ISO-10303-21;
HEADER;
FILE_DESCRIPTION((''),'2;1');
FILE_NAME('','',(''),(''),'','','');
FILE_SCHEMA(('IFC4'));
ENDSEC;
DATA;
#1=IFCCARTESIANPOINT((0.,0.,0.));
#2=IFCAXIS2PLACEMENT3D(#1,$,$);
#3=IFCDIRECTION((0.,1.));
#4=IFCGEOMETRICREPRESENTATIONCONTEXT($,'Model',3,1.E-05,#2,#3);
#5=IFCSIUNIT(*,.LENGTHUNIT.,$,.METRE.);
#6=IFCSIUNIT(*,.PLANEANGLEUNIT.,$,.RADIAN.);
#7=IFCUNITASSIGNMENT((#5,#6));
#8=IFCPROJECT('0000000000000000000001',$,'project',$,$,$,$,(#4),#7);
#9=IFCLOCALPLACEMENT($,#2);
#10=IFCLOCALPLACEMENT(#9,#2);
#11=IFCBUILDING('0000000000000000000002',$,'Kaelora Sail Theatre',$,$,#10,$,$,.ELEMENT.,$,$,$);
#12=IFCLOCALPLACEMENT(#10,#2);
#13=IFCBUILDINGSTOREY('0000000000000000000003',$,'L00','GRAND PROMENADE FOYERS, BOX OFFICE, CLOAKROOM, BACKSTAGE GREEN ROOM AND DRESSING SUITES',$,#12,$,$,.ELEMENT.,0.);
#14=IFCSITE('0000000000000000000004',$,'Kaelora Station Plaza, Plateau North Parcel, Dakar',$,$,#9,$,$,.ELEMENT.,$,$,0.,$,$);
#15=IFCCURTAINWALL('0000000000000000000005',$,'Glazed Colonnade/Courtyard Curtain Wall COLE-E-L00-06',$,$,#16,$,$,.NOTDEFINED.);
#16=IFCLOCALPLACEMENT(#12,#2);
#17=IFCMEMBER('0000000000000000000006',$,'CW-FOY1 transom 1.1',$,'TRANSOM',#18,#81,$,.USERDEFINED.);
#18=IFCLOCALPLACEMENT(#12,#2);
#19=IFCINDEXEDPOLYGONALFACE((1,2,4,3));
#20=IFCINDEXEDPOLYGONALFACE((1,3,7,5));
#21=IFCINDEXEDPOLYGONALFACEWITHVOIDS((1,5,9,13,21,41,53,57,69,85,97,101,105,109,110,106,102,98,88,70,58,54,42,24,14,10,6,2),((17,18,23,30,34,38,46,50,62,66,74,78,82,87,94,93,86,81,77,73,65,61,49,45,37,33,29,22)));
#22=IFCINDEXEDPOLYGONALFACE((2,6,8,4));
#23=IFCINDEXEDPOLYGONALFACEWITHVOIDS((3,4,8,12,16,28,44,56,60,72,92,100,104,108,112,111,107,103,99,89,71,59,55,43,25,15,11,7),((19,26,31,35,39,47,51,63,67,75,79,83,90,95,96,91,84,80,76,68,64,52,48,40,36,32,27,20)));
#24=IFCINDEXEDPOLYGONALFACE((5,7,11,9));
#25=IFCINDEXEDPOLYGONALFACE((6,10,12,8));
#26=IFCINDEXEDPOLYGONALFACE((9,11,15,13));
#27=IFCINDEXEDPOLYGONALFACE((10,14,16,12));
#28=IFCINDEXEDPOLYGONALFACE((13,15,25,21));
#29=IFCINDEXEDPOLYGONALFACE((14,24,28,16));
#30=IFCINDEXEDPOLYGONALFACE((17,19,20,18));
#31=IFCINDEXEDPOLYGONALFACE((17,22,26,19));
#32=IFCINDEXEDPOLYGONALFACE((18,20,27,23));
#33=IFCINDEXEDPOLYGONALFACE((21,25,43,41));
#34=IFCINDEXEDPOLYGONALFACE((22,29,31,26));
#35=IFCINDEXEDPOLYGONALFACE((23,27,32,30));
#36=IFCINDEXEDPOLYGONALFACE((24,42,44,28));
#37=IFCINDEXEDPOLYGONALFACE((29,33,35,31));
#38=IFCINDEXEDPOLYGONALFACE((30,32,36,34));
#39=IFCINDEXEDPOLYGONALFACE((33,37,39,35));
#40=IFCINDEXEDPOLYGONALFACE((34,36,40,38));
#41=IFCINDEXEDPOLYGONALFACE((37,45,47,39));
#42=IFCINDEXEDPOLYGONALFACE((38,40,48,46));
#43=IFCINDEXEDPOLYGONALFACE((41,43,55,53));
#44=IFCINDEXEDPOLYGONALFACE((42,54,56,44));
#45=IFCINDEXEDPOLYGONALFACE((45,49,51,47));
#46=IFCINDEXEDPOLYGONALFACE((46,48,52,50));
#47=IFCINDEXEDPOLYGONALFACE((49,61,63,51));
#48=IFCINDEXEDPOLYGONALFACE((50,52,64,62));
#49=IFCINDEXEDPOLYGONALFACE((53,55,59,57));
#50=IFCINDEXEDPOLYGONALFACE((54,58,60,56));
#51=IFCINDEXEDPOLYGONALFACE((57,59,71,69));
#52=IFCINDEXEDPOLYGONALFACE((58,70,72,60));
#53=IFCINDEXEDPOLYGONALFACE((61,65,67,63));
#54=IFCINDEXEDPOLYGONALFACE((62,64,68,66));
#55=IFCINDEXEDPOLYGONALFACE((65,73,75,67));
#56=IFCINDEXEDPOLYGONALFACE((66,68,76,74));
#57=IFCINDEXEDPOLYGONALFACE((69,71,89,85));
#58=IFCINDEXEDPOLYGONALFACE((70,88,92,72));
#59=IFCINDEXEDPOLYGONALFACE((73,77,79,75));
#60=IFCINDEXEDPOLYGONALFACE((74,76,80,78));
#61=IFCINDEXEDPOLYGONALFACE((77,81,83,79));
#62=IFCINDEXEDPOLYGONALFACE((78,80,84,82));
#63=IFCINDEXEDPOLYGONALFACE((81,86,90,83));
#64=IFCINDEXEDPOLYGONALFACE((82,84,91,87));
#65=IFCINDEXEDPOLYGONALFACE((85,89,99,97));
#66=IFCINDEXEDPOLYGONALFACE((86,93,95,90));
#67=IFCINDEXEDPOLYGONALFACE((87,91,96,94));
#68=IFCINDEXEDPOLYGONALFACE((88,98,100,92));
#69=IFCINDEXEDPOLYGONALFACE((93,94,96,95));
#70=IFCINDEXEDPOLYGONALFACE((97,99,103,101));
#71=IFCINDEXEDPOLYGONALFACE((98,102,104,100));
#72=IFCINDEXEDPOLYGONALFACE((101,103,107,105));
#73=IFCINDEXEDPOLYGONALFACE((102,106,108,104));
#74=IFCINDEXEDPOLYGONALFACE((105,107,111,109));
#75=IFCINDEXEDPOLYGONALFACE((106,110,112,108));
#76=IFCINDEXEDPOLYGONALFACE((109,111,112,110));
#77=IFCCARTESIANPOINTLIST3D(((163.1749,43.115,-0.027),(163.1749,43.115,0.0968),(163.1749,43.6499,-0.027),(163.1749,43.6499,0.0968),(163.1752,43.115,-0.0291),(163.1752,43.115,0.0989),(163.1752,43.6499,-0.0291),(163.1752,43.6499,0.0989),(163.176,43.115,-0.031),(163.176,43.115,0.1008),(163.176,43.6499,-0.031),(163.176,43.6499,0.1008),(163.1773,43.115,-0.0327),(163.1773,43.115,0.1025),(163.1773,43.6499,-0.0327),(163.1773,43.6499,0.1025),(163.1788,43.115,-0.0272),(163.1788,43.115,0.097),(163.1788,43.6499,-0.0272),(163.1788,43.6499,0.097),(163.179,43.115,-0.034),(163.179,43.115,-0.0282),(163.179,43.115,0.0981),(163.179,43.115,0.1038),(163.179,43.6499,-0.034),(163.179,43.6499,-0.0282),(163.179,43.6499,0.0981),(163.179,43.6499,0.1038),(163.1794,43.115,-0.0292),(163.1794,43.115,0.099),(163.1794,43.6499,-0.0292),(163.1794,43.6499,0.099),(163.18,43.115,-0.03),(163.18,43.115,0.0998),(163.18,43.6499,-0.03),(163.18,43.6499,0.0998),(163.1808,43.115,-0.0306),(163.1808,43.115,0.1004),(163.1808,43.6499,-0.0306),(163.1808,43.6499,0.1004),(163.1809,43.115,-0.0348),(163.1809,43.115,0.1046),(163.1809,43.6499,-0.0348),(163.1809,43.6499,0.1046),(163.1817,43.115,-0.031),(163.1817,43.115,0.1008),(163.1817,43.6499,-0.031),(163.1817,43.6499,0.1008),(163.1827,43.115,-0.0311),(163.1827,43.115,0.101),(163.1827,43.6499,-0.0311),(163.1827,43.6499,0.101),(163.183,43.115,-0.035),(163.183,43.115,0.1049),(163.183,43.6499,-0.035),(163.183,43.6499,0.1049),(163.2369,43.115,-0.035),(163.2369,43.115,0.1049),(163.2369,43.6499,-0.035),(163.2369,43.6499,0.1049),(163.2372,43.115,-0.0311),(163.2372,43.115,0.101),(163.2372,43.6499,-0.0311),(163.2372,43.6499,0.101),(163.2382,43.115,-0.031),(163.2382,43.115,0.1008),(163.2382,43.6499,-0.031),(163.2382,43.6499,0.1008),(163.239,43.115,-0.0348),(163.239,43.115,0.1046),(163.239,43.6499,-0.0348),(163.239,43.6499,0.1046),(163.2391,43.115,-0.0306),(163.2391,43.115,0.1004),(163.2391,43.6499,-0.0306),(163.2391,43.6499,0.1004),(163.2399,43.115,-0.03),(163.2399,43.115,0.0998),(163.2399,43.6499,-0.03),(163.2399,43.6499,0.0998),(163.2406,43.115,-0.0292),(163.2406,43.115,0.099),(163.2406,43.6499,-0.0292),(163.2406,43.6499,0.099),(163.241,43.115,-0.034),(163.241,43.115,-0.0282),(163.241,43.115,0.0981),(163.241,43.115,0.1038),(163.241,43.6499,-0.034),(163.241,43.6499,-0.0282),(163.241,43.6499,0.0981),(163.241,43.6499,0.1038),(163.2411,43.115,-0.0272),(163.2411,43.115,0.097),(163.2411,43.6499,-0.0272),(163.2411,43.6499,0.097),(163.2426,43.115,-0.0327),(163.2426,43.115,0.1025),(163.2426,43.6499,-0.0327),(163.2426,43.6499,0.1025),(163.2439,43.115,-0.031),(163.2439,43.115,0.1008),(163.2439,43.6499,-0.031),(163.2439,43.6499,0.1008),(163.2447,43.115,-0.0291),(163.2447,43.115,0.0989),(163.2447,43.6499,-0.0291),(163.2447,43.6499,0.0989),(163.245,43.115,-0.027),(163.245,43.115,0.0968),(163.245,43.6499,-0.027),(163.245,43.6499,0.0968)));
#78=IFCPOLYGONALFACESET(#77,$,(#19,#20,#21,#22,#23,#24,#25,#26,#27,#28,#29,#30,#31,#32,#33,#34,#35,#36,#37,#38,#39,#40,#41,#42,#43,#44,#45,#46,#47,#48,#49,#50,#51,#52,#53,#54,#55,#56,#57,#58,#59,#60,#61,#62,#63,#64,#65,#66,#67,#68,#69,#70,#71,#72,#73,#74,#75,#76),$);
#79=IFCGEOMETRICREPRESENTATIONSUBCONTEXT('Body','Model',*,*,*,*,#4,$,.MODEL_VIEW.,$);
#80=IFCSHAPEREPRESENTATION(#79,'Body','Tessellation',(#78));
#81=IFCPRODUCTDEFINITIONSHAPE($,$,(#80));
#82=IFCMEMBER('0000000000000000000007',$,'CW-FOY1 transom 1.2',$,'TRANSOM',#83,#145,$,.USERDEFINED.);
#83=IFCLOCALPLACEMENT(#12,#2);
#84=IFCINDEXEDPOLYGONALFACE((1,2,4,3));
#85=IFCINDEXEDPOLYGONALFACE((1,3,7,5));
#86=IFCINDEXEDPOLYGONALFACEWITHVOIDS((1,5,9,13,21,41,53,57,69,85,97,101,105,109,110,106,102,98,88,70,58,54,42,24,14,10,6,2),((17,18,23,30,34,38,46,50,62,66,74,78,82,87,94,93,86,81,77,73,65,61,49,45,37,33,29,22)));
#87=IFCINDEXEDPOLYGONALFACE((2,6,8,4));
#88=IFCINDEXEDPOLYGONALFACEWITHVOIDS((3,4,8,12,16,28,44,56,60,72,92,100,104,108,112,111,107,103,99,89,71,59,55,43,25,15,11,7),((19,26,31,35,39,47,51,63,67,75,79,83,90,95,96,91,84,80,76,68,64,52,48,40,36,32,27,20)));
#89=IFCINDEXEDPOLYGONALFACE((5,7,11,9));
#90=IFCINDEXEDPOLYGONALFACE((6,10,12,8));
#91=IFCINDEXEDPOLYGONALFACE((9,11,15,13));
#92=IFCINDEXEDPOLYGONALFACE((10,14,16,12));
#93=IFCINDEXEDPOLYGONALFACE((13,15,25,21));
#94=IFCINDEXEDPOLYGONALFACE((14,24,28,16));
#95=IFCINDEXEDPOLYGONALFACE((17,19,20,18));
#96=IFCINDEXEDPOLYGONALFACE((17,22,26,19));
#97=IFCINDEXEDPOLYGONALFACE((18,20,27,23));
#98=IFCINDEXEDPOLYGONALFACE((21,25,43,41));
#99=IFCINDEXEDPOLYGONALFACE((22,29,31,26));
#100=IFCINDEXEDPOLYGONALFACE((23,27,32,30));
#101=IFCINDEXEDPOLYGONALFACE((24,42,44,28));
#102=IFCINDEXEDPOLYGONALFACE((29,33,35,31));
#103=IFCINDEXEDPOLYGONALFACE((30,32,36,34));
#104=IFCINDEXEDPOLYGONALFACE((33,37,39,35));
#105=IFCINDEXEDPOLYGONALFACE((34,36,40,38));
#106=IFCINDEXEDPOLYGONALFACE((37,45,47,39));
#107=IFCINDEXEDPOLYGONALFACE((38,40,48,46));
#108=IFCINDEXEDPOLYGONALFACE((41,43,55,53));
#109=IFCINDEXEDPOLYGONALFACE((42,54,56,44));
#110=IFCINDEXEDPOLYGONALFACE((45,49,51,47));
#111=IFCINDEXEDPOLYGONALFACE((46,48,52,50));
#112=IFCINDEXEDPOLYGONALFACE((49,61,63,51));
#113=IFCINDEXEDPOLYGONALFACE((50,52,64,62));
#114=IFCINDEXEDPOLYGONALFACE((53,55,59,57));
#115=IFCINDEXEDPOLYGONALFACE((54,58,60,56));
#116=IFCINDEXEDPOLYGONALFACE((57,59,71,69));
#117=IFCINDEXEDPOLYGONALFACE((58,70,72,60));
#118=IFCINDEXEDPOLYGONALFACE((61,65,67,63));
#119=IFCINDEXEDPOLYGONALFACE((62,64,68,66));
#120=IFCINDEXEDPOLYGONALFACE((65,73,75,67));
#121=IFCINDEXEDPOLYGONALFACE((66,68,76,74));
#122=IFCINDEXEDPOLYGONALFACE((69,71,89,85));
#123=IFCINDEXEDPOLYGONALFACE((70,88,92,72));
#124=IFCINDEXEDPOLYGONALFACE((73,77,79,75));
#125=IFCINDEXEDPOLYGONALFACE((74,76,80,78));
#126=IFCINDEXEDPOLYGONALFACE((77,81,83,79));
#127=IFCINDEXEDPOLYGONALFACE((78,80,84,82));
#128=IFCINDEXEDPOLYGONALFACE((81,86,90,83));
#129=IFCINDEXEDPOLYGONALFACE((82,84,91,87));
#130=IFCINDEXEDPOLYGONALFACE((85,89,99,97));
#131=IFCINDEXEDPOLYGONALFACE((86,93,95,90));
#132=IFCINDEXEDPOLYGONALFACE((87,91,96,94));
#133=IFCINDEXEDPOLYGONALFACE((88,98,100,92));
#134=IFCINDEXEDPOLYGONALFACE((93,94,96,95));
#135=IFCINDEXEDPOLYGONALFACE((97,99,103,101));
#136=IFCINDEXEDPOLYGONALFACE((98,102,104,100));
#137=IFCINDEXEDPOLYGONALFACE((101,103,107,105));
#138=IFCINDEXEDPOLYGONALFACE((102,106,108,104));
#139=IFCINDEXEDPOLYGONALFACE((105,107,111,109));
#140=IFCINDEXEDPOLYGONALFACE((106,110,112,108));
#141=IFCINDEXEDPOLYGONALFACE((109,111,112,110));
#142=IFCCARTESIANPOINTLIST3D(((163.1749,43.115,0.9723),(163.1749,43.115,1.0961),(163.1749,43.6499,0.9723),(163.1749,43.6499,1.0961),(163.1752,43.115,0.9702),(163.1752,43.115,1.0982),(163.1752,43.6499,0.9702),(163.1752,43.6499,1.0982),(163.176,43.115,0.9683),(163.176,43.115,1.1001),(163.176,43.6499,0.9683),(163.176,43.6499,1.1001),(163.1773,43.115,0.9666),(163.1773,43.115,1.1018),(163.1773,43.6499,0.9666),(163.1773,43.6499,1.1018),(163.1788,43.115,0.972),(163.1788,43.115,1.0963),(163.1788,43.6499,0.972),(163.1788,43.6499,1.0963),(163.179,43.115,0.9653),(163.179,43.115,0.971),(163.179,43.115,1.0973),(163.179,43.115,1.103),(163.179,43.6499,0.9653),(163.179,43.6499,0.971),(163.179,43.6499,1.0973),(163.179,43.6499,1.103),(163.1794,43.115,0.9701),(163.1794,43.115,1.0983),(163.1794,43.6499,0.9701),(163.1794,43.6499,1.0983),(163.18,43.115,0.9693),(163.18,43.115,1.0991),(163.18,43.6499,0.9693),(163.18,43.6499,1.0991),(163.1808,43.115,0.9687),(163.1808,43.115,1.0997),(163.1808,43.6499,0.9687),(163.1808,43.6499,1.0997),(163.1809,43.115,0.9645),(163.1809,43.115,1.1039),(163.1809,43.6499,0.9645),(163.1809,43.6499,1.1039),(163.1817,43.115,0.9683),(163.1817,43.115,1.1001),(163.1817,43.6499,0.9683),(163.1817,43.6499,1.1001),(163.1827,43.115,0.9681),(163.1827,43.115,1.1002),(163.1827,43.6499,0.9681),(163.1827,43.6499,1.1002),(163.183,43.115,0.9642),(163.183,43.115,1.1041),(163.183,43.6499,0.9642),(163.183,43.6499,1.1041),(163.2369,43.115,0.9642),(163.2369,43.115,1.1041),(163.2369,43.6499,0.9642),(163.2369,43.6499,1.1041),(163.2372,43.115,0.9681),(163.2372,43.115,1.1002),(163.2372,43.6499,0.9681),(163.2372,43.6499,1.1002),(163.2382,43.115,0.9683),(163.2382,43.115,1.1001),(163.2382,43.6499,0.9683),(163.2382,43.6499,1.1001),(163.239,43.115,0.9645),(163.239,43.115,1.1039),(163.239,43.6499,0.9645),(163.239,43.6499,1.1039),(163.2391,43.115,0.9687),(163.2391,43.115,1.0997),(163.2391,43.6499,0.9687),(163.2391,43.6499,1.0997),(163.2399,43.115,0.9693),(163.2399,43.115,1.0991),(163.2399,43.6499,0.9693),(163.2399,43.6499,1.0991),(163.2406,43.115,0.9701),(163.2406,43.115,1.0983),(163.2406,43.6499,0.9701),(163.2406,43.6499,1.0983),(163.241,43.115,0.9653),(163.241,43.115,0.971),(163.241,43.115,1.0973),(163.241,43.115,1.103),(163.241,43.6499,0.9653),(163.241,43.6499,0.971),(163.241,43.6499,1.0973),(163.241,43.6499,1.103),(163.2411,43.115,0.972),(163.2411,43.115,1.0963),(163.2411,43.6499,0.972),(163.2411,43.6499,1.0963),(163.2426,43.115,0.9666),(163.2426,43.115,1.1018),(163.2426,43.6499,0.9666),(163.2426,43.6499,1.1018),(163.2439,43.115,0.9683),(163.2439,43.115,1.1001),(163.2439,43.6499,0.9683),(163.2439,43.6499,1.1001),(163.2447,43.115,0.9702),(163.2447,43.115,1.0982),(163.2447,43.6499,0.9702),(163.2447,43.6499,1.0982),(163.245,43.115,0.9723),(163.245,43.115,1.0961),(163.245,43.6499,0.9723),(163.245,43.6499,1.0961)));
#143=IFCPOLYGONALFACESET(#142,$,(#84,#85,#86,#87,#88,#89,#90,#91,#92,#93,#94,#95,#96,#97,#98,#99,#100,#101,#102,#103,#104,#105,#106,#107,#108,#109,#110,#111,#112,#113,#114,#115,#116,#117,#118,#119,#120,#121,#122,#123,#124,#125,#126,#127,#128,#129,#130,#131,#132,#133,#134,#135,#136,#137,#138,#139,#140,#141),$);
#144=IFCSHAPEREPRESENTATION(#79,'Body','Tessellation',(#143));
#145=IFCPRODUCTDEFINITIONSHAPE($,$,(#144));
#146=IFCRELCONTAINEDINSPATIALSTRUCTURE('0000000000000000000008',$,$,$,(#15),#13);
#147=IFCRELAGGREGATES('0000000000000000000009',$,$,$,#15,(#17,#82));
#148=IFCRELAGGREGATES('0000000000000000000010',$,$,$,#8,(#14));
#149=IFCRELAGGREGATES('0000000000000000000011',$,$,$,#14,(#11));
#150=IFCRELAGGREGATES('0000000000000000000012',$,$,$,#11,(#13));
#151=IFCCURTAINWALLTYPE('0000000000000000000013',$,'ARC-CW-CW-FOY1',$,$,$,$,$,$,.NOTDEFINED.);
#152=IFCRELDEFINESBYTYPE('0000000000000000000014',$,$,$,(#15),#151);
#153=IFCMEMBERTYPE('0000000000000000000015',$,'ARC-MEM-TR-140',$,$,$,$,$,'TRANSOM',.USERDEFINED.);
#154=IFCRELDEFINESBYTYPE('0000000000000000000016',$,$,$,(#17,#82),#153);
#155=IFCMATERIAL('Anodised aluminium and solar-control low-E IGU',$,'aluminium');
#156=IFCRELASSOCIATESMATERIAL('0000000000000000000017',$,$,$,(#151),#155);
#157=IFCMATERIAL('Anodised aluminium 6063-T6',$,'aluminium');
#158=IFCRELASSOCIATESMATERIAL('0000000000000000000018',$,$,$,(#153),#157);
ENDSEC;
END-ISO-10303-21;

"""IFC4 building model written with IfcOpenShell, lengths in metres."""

from ifc_helpers import new_model, si_unit, direction, frame, origin, origin_2d, place, context, subcontext, project, spatial, hollow_rectangle, extrude, material, material_profile, profile_set, type_object, element, aggregate, save


model = new_model("IFC4")

# Units and contexts
model_context = context("Model", 3, precision=1e-05, world=origin(), true_north=direction((0.0, 1.0)))
body_context = subcontext(model_context, "Body", "Model", "MODEL_VIEW")
ifc_project = project(units=[si_unit("LENGTHUNIT", "METRE"), si_unit("PLANEANGLEUNIT", "RADIAN")], contexts=[model_context])

# Site, building, storey
site_placement = place(None, origin())
site = spatial("IfcSite", under=ifc_project, at=site_placement, Name="Kaelora Station Plaza, Plateau North Parcel, Dakar", CompositionType="ELEMENT", RefElevation=0.0)
building_placement = place(site_placement, origin())
building = spatial("IfcBuilding", under=site, at=building_placement, Name="Kaelora Sail Theatre", CompositionType="ELEMENT")
storey_placement = place(building_placement, origin())
storey = spatial("IfcBuildingStorey", under=building, at=storey_placement, Name="L00", Description="GRAND PROMENADE FOYERS, BOX OFFICE, CLOAKROOM, BACKSTAGE GREEN ROOM AND DRESSING SUITES", CompositionType="ELEMENT", Elevation=0.0)

# Shared definitions
ifc_material_1 = material(Name="Anodised aluminium and solar-control low-E IGU", Category="aluminium")
curtain_wall_type = type_object("IfcCurtainWallType", Name="ARC-CW-CW-FOY1", PredefinedType="NOTDEFINED", material=ifc_material_1)

# Curtain wall
curtain_wall_1_placement = place(storey_placement, origin())
curtain_wall_1 = element("IfcCurtainWall", 1, at=curtain_wall_1_placement, inside=storey, type_object=curtain_wall_type, Name="Glazed Colonnade/Courtyard Curtain Wall COLE-E-L00-06", PredefinedType="NOTDEFINED")

# Members
ifc_material_2 = material(Name="Anodised aluminium 6063-T6", Category="aluminium")
ifc_material_profile_1 = material_profile(ifc_material_2, hollow_rectangle(XDim=0.0701, YDim=0.1399, WallThickness=0.0039, InnerFilletRadius=0.0039, OuterFilletRadius=0.0081, at=origin_2d()), Name="ALU-TRAN 70x140x4")
ifc_profile_set_1 = profile_set([ifc_material_profile_1], Name="Anodised aluminium 6063-T6")
member_type_1 = type_object("IfcMemberType", Name="ARC-MEM-TR-140", ElementType="TRANSOM", PredefinedType="USERDEFINED", material=ifc_profile_set_1)
member_1_placement = place(storey_placement, frame((163.21, 43.115, 0.0349), z_axis=(0.0, 1.0, 0.0), x_axis=(-1.0, 0.0, 0.0)))
member_1 = element("IfcMember", 2, at=member_1_placement, type_object=member_type_1, Name="CW-FOY1 transom 1.1", ObjectType="TRANSOM", PredefinedType="USERDEFINED", context=body_context, shape_type="SweptSolid", body=[
    extrude(hollow_rectangle(XDim=0.0701, YDim=0.1399, WallThickness=0.0039, InnerFilletRadius=0.0039, OuterFilletRadius=0.0081, at=origin_2d()), origin(), (0.0, 0.0, 1.0), 0.5349),
])
member_2_placement = place(storey_placement, frame((163.21, 43.115, 1.0342), z_axis=(0.0, 1.0, 0.0), x_axis=(-1.0, 0.0, 0.0)))
member_2 = element("IfcMember", 3, at=member_2_placement, type_object=member_type_1, Name="CW-FOY1 transom 1.2", ObjectType="TRANSOM", PredefinedType="USERDEFINED", context=body_context, shape_type="SweptSolid", body=[
    extrude(hollow_rectangle(XDim=0.0701, YDim=0.1399, WallThickness=0.0039, InnerFilletRadius=0.0039, OuterFilletRadius=0.0081, at=origin_2d()), origin(), (0.0, 0.0, 1.0), 0.5349),
])

aggregate(curtain_wall_1, [member_1, member_2])

save(model, "model.ifc")
